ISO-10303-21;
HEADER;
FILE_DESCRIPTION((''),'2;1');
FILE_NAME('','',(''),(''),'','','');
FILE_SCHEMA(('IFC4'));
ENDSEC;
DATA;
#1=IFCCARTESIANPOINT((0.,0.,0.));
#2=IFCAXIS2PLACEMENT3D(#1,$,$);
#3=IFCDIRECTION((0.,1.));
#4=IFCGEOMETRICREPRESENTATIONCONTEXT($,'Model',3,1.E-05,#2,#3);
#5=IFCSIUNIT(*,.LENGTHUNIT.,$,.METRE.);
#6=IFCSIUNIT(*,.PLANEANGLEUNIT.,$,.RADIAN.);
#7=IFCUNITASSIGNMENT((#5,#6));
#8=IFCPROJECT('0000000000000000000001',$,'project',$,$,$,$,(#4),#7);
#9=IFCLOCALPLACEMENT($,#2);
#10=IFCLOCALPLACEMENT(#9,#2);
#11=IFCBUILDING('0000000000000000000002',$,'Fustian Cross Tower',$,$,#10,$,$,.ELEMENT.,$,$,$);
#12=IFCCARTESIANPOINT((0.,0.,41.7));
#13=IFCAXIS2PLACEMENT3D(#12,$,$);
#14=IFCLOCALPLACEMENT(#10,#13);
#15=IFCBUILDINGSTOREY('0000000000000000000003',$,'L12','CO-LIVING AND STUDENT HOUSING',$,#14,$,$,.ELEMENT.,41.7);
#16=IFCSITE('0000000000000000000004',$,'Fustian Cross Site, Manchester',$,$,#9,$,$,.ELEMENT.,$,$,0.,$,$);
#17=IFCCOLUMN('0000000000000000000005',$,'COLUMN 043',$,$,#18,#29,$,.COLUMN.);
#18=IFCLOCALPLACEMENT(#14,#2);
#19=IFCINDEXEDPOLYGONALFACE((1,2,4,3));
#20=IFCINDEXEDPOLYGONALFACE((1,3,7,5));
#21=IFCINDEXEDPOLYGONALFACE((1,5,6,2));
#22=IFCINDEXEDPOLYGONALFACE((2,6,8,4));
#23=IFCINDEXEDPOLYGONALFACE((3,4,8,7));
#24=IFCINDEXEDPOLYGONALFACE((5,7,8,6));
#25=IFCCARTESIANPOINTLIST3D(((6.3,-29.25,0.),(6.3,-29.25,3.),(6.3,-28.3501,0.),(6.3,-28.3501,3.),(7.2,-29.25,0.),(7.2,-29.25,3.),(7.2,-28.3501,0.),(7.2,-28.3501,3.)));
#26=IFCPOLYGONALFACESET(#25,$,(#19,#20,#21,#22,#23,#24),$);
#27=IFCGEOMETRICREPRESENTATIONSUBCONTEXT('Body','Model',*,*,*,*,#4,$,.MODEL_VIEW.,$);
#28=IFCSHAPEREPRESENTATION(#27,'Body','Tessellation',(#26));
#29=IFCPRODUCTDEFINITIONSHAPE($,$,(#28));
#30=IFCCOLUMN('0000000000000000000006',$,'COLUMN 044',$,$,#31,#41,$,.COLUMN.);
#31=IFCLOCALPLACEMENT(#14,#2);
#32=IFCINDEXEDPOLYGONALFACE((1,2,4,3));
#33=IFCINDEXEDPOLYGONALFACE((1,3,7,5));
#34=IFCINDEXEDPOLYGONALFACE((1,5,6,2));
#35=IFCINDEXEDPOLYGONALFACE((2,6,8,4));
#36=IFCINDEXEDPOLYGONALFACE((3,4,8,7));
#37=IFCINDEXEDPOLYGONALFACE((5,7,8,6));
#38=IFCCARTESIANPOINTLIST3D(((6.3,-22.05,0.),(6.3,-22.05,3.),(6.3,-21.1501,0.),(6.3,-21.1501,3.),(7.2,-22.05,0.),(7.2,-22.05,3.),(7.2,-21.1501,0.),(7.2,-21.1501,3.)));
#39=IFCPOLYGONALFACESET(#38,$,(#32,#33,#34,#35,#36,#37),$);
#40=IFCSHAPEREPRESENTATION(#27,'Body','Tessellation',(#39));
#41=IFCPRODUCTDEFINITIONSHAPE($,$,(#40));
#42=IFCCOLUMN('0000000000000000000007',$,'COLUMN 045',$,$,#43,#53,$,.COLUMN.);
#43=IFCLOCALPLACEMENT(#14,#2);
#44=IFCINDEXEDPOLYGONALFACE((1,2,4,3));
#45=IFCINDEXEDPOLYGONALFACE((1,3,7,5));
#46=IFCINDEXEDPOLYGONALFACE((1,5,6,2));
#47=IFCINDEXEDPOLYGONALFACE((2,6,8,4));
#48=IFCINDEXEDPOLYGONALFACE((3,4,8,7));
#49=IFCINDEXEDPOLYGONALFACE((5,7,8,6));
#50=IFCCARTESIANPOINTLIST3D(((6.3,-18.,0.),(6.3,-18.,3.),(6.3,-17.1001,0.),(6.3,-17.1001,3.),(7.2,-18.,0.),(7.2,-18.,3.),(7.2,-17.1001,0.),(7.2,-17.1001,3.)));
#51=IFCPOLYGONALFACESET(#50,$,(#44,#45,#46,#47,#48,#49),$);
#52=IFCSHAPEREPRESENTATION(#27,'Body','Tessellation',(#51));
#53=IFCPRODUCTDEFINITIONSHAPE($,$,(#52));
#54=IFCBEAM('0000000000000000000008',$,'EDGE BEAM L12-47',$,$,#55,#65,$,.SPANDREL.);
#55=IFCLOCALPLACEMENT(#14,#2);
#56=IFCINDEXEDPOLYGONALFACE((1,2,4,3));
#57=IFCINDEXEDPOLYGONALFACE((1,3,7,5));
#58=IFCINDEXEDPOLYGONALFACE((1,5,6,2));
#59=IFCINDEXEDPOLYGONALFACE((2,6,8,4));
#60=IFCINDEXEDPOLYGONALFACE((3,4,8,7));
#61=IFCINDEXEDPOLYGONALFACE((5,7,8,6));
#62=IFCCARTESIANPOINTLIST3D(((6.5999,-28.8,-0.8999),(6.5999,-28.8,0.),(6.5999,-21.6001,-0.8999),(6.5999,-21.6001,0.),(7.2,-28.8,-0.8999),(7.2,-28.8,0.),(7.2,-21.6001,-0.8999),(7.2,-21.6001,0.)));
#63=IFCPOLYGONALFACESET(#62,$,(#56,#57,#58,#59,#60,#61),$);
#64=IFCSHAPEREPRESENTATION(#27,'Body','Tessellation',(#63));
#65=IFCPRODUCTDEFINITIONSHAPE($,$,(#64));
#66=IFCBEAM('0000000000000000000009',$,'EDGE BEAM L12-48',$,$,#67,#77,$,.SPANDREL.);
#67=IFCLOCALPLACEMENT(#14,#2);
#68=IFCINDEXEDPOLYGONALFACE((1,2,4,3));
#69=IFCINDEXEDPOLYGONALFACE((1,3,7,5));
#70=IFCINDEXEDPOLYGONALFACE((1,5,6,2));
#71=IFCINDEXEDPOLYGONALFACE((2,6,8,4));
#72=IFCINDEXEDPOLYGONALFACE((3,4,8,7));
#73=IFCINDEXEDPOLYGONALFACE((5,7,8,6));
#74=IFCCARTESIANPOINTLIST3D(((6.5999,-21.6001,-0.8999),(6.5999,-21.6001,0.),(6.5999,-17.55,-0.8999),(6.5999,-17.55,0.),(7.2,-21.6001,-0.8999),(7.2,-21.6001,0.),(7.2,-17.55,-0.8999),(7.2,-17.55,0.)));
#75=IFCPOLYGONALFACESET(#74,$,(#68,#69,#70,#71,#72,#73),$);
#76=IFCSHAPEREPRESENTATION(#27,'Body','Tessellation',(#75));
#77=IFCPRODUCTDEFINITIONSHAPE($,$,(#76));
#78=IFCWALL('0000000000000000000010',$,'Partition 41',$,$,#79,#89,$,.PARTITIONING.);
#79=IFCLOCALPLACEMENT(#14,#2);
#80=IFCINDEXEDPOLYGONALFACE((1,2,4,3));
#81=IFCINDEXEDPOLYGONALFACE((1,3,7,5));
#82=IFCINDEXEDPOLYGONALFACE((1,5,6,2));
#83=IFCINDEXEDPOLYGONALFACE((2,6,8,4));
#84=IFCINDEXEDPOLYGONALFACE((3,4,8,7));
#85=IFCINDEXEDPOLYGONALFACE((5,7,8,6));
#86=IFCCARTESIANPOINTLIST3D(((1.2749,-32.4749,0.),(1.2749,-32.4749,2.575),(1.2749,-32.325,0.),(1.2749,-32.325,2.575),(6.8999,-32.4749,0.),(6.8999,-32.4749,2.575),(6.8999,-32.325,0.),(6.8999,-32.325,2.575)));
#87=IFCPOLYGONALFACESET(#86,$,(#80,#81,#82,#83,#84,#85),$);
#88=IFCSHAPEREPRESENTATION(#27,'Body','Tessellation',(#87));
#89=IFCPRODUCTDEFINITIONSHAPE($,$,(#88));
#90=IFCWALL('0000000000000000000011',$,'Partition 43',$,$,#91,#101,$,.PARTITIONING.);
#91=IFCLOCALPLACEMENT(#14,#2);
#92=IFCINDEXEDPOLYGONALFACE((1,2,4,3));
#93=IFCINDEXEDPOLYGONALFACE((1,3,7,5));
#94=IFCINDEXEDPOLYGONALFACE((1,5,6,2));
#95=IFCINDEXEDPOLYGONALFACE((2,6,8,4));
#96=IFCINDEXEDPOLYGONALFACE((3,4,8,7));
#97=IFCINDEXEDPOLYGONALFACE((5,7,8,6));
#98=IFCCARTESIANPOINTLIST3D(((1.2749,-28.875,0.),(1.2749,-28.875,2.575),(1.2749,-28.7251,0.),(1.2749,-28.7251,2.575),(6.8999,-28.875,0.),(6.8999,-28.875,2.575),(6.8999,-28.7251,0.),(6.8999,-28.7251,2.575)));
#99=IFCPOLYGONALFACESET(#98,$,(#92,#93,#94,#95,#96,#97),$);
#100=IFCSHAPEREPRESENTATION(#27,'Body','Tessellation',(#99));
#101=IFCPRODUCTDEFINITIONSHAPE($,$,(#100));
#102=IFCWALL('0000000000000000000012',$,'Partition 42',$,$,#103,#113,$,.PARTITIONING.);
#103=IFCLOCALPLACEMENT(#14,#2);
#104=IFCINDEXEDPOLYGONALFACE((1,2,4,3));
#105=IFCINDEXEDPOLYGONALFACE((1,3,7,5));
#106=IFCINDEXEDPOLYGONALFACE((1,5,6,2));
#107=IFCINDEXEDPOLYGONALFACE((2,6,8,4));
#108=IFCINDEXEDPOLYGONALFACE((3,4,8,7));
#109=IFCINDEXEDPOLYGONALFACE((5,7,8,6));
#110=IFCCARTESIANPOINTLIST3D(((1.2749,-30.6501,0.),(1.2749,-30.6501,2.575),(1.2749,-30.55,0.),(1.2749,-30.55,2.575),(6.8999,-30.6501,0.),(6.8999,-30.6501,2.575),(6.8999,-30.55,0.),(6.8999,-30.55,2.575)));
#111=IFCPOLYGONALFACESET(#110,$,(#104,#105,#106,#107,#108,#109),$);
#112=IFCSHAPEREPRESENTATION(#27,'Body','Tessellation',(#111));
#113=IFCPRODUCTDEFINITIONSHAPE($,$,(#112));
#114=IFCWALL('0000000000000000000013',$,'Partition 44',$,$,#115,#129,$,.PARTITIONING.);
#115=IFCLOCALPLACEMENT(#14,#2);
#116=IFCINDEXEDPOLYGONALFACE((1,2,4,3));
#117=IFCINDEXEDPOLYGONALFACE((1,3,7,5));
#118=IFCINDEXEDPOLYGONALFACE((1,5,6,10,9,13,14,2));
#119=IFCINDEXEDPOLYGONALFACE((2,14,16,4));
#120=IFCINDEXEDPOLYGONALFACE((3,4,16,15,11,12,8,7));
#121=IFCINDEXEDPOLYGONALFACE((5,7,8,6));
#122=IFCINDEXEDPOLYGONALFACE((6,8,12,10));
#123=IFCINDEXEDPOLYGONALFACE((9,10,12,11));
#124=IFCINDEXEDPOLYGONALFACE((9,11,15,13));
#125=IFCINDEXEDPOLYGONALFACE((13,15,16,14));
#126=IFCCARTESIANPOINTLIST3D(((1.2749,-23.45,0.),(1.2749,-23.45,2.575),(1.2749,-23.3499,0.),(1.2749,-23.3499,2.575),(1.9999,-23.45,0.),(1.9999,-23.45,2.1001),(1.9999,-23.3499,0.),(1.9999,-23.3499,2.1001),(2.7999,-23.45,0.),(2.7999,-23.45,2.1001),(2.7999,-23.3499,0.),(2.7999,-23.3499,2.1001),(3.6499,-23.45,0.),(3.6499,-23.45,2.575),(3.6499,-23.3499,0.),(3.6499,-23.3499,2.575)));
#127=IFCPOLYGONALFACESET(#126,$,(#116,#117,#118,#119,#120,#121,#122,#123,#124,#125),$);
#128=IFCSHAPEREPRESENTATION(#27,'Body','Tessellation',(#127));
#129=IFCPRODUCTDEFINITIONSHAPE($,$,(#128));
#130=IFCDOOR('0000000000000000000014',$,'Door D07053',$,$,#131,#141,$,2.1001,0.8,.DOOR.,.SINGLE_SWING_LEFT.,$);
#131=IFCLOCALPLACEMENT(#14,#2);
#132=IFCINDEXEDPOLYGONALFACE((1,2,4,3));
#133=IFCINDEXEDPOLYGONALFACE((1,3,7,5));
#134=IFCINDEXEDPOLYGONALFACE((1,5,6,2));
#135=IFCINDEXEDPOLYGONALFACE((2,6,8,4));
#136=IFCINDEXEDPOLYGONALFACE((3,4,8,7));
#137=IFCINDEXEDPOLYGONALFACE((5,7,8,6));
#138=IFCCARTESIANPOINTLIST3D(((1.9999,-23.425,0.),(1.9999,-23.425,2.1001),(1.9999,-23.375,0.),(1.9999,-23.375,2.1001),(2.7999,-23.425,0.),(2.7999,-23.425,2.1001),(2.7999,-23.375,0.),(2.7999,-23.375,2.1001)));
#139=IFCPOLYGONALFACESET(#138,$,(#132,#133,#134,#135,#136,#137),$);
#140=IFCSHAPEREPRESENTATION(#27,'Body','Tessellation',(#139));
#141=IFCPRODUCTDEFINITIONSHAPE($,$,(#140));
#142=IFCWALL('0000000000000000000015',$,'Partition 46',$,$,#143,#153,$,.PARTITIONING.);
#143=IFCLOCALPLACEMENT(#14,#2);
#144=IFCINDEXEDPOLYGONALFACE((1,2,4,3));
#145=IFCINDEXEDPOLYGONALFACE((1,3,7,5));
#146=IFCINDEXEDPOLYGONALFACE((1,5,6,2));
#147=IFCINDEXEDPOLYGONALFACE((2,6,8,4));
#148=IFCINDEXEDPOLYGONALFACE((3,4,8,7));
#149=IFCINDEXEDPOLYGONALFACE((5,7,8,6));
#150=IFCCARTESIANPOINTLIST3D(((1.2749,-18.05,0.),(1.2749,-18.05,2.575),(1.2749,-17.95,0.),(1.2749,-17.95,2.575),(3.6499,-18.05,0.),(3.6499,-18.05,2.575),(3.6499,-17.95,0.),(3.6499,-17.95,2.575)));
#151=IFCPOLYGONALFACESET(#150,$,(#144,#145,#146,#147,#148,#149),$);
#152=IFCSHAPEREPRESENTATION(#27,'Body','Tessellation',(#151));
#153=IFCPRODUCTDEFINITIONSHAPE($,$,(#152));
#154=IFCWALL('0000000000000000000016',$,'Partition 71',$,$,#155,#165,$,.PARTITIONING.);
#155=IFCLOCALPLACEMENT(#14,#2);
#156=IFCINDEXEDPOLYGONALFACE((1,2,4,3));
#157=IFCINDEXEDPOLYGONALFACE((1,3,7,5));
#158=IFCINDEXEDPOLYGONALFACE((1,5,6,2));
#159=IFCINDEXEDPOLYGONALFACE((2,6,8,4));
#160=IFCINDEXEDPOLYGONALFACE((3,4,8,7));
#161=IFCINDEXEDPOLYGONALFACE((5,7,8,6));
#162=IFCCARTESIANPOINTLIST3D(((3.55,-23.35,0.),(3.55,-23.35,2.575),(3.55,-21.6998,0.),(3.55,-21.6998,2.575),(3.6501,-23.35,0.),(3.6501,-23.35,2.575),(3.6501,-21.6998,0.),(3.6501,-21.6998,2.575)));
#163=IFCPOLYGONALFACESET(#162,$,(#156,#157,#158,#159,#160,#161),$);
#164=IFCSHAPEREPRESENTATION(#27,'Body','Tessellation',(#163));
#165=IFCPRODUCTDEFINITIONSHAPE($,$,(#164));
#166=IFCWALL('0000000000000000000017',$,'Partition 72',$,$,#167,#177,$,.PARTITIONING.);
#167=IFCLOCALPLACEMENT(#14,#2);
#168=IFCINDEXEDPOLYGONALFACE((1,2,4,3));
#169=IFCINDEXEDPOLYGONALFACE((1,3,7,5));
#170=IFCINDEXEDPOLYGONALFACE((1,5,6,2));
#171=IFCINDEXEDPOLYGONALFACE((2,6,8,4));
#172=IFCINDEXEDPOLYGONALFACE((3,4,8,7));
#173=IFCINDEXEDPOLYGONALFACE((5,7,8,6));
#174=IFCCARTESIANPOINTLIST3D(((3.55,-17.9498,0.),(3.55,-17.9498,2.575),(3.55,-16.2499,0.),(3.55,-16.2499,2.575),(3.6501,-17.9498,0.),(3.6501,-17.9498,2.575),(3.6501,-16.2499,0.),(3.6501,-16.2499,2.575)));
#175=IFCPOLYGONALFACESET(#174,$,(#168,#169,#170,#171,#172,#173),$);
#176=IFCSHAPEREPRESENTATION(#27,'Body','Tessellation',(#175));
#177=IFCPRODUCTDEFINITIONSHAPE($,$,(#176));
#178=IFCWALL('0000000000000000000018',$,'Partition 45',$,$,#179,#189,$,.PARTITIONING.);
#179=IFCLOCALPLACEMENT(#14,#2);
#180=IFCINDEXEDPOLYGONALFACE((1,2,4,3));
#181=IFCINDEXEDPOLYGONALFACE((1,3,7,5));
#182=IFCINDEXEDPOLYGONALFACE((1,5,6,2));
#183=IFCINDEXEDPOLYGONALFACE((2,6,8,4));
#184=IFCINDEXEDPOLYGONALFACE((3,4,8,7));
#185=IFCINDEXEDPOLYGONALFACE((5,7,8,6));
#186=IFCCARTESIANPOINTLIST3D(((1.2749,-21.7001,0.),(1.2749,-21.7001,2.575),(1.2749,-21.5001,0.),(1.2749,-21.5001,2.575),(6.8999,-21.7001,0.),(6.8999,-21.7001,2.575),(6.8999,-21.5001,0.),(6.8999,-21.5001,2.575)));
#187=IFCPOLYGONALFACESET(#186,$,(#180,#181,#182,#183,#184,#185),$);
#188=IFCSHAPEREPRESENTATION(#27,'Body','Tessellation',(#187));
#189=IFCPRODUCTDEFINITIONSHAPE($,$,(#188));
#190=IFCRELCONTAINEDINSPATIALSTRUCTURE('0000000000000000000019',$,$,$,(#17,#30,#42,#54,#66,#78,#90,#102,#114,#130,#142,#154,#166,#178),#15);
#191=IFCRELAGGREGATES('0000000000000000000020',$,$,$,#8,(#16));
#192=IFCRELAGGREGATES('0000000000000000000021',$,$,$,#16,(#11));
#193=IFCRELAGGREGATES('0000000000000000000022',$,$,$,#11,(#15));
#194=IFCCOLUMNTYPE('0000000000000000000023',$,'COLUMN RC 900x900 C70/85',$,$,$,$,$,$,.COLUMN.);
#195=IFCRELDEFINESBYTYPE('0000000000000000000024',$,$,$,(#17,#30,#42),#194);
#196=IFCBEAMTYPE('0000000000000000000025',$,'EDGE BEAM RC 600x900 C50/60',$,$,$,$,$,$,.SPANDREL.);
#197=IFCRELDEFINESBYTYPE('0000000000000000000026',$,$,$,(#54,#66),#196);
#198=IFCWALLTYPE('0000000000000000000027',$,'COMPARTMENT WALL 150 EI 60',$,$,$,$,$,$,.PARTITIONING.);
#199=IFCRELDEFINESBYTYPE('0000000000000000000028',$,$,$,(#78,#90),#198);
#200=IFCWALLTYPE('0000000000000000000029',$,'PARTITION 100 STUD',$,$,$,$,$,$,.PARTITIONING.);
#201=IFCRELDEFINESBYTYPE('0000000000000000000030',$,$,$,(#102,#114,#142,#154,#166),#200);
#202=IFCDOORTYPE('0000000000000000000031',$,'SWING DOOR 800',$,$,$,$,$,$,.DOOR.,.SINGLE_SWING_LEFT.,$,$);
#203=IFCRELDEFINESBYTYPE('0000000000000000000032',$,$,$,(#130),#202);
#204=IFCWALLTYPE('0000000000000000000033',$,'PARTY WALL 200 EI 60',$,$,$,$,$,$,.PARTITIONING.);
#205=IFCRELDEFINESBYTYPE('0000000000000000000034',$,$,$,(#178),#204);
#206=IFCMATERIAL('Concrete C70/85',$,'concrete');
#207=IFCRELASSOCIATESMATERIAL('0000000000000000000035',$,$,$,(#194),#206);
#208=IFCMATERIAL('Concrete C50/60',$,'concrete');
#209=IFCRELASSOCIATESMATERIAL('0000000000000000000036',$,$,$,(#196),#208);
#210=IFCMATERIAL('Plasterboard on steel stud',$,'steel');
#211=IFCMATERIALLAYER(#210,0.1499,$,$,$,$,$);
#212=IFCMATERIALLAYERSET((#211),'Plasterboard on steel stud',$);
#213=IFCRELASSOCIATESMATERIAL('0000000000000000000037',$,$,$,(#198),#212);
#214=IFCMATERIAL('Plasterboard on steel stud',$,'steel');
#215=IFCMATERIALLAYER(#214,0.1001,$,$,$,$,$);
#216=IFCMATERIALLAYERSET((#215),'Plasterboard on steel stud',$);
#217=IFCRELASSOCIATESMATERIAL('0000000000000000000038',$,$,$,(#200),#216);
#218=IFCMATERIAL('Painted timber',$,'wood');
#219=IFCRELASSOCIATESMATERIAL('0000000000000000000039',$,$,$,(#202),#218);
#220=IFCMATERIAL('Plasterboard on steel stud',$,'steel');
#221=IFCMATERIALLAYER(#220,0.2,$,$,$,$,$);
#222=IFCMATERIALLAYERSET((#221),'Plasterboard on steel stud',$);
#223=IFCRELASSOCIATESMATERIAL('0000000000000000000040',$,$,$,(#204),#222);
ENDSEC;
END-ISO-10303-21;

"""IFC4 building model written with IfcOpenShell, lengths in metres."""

from ifc_helpers import new_model, si_unit, direction, frame, frame_2d, origin, origin_2d, place, context, subcontext, project, spatial, rectangle, extrude, material, layer, layer_set, material_profile, profile_set, type_object, element, fill, save


model = new_model("IFC4")

# Units and contexts
model_context = context("Model", 3, precision=1e-05, world=origin(), true_north=direction((0.0, 1.0)))
body_context = subcontext(model_context, "Body", "Model", "MODEL_VIEW")
ifc_project = project(units=[si_unit("LENGTHUNIT", "METRE"), si_unit("PLANEANGLEUNIT", "RADIAN")], contexts=[model_context])

# Site, building, storey
site_placement = place(None, origin())
site = spatial("IfcSite", under=ifc_project, at=site_placement, Name="Fustian Cross Site, Manchester", CompositionType="ELEMENT", RefElevation=0.0)
building_placement = place(site_placement, origin())
building = spatial("IfcBuilding", under=site, at=building_placement, Name="Fustian Cross Tower", CompositionType="ELEMENT")
storey_placement = place(building_placement, frame((0.0, 0.0, 41.7)))
storey = spatial("IfcBuildingStorey", under=building, at=storey_placement, Name="L12", Description="CO-LIVING AND STUDENT HOUSING", CompositionType="ELEMENT", Elevation=41.7)

# Columns
ifc_material_1 = material(Name="Concrete C70/85", Category="concrete")
ifc_material_profile_1 = material_profile(ifc_material_1, rectangle(XDim=0.8999, YDim=0.8999, at=origin_2d()), Name="RC 900x900")
ifc_profile_set_1 = profile_set([ifc_material_profile_1], Name="Concrete C70/85")
column_type = type_object("IfcColumnType", Name="COLUMN RC 900x900 C70/85", PredefinedType="COLUMN", material=ifc_profile_set_1)
for number, where, z_axis, x_axis, name in (
    (1, (6.75, -28.8, 0.0), (0.0, 0.0, 1.0), (1.0, 0.0, 0.0), "COLUMN 043"),
    (2, (6.75, -21.6001, 0.0), (0.0, 0.0, 1.0), (1.0, 0.0, 0.0), "COLUMN 044"),
    (3, (6.75, -17.55, 0.0), (0.0, 0.0, 1.0), (1.0, 0.0, 0.0), "COLUMN 045"),
):
    element("IfcColumn", number, at=place(storey_placement, frame(where, z_axis=z_axis, x_axis=x_axis)), inside=storey, type_object=column_type, Name=name, PredefinedType="COLUMN", context=body_context, shape_type="SweptSolid", body=[
        extrude(rectangle(XDim=0.8999, YDim=0.8999, at=origin_2d()), origin(), (0.0, 0.0, 1.0), 3.0),
    ])

# Beams
ifc_material_2 = material(Name="Concrete C50/60", Category="concrete")
ifc_material_profile_2 = material_profile(ifc_material_2, rectangle(XDim=0.6001, YDim=0.8999, at=origin_2d()), Name="RC 600x900")
ifc_profile_set_2 = profile_set([ifc_material_profile_2], Name="Concrete C50/60")
beam_type = type_object("IfcBeamType", Name="EDGE BEAM RC 600x900 C50/60", PredefinedType="SPANDREL", material=ifc_profile_set_2)
beam_1_placement = place(storey_placement, frame((6.8999, -28.8, -0.45), z_axis=(0.0, 1.0, 0.0), x_axis=(-1.0, 0.0, 0.0)))
element("IfcBeam", 4, at=beam_1_placement, inside=storey, type_object=beam_type, Name="EDGE BEAM L12-47", PredefinedType="SPANDREL", context=body_context, shape_type="SweptSolid", body=[
    extrude(rectangle(XDim=0.6001, YDim=0.8999, at=origin_2d()), origin(), (0.0, 0.0, 1.0), 7.2),
])
beam_2_placement = place(storey_placement, frame((6.8999, -21.6001, -0.45), z_axis=(0.0, 1.0, 0.0), x_axis=(-1.0, 0.0, 0.0)))
element("IfcBeam", 5, at=beam_2_placement, inside=storey, type_object=beam_type, Name="EDGE BEAM L12-48", PredefinedType="SPANDREL", context=body_context, shape_type="SweptSolid", body=[
    extrude(rectangle(XDim=0.6001, YDim=0.8999, at=origin_2d()), origin(), (0.0, 0.0, 1.0), 4.05),
])

# Walls
ifc_material_3 = material(Name="Plasterboard on steel stud", Category="steel")
ifc_layer_1 = layer(ifc_material_3, 0.1499)
ifc_layer_set_1 = layer_set([ifc_layer_1], Name="Plasterboard on steel stud")
wall_type_1 = type_object("IfcWallType", Name="COMPARTMENT WALL 150 EI 60", PredefinedType="PARTITIONING", material=ifc_layer_set_1)
for number, where, z_axis, x_axis, name in (
    (6, (1.2749, -32.3999, 0.0), (0.0, 0.0, 1.0), (1.0, 0.0, 0.0), "Partition 41"),
    (7, (1.2749, -28.8, 0.0), (0.0, 0.0, 1.0), (1.0, 0.0, 0.0), "Partition 43"),
):
    element("IfcWall", number, at=place(storey_placement, frame(where, z_axis=z_axis, x_axis=x_axis)), inside=storey, type_object=wall_type_1, Name=name, PredefinedType="PARTITIONING", context=body_context, shape_type="SweptSolid", body=[
        extrude(rectangle(XDim=5.625, YDim=0.1499, at=frame_2d((2.8125, 0.0))), origin(), (0.0, 0.0, 1.0), 2.575),
    ])
ifc_material_4 = material(Name="Plasterboard on steel stud", Category="steel")
ifc_layer_2 = layer(ifc_material_4, 0.1001)
ifc_layer_set_2 = layer_set([ifc_layer_2], Name="Plasterboard on steel stud")
wall_type_2 = type_object("IfcWallType", Name="PARTITION 100 STUD", PredefinedType="PARTITIONING", material=ifc_layer_set_2)
wall_1_placement = place(storey_placement, frame((1.2749, -30.6001, 0.0), z_axis=(0.0, 0.0, 1.0), x_axis=(1.0, 0.0, 0.0)))
element("IfcWall", 8, at=wall_1_placement, inside=storey, type_object=wall_type_2, Name="Partition 42", PredefinedType="PARTITIONING", context=body_context, shape_type="SweptSolid", body=[
    extrude(rectangle(XDim=5.625, YDim=0.1001, at=frame_2d((2.8125, 0.0))), origin(), (0.0, 0.0, 1.0), 2.575),
])

# Wall, opening, door
wall_2_placement = place(storey_placement, frame((1.2749, -23.3999, 0.0), z_axis=(0.0, 0.0, 1.0), x_axis=(1.0, 0.0, 0.0)))
wall_2 = element("IfcWall", 9, at=wall_2_placement, inside=storey, type_object=wall_type_2, Name="Partition 44", PredefinedType="PARTITIONING", context=body_context, shape_type="SweptSolid", body=[
    extrude(rectangle(XDim=2.375, YDim=0.1001, at=frame_2d((1.1875, 0.0))), origin(), (0.0, 0.0, 1.0), 2.575),
])
opening_placement = place(wall_2_placement, frame((0.7251, 0.0, 0.0)))
opening = element("IfcOpeningElement", 10, at=opening_placement, cuts=wall_2, PredefinedType="OPENING", context=body_context, shape_type="SweptSolid", body=[
    extrude(rectangle(XDim=0.8, YDim=2.1001, at=frame_2d((0.3999, 1.05))), frame((0.0, 0.0601, 0.0), z_axis=(0.0, -1.0, 0.0), x_axis=(1.0, 0.0, 0.0)), (0.0, 0.0, 1.0), 0.1201),
])
ifc_material_5 = material(Name="Painted timber", Category="wood")
door_type = type_object("IfcDoorType", Name="SWING DOOR 800", OperationType="SINGLE_SWING_LEFT", PredefinedType="DOOR", material=ifc_material_5)
door_placement = place(opening_placement, origin())
door = element("IfcDoor", 11, at=door_placement, inside=storey, type_object=door_type, Name="Door D07053", OperationType="SINGLE_SWING_LEFT", OverallHeight=2.1001, OverallWidth=0.8, PredefinedType="DOOR", context=body_context, shape_type="SweptSolid", body=[
    extrude(rectangle(XDim=0.8, YDim=2.1001, at=frame_2d((0.3999, 1.05))), frame((0.0, 0.0249, 0.0), z_axis=(0.0, -1.0, 0.0), x_axis=(1.0, 0.0, 0.0)), (0.0, 0.0, 1.0), 0.05),
])
fill(opening, door)

# Walls
wall_3_placement = place(storey_placement, frame((1.2749, -18.0, 0.0), z_axis=(0.0, 0.0, 1.0), x_axis=(1.0, 0.0, 0.0)))
element("IfcWall", 12, at=wall_3_placement, inside=storey, type_object=wall_type_2, Name="Partition 46", PredefinedType="PARTITIONING", context=body_context, shape_type="SweptSolid", body=[
    extrude(rectangle(XDim=2.375, YDim=0.1001, at=frame_2d((1.1875, 0.0))), origin(), (0.0, 0.0, 1.0), 2.575),
])
wall_4_placement = place(storey_placement, frame((3.6001, -23.3501, 0.0), z_axis=(0.0, 0.0, 1.0), x_axis=(0.0, 1.0, 0.0)))
element("IfcWall", 13, at=wall_4_placement, inside=storey, type_object=wall_type_2, Name="Partition 71", PredefinedType="PARTITIONING", context=body_context, shape_type="SweptSolid", body=[
    extrude(rectangle(XDim=1.6501, YDim=0.1001, at=frame_2d((0.8252, 0.0))), origin(), (0.0, 0.0, 1.0), 2.575),
])
wall_5_placement = place(storey_placement, frame((3.6001, -17.95, 0.0), z_axis=(0.0, 0.0, 1.0), x_axis=(0.0, 1.0, 0.0)))
element("IfcWall", 14, at=wall_5_placement, inside=storey, type_object=wall_type_2, Name="Partition 72", PredefinedType="PARTITIONING", context=body_context, shape_type="SweptSolid", body=[
    extrude(rectangle(XDim=1.7, YDim=0.1001, at=frame_2d((0.8501, 0.0))), origin(), (0.0, 0.0, 1.0), 2.575),
])
ifc_material_6 = material(Name="Plasterboard on steel stud", Category="steel")
ifc_layer_3 = layer(ifc_material_6, 0.2)
ifc_layer_set_3 = layer_set([ifc_layer_3], Name="Plasterboard on steel stud")
wall_type_3 = type_object("IfcWallType", Name="PARTY WALL 200 EI 60", PredefinedType="PARTITIONING", material=ifc_layer_set_3)
wall_6_placement = place(storey_placement, frame((1.2749, -21.6001, 0.0), z_axis=(0.0, 0.0, 1.0), x_axis=(1.0, 0.0, 0.0)))
element("IfcWall", 15, at=wall_6_placement, inside=storey, type_object=wall_type_3, Name="Partition 45", PredefinedType="PARTITIONING", context=body_context, shape_type="SweptSolid", body=[
    extrude(rectangle(XDim=5.625, YDim=0.2, at=frame_2d((2.8125, 0.0))), origin(), (0.0, 0.0, 1.0), 2.575),
])

save(model, "model.ifc")
